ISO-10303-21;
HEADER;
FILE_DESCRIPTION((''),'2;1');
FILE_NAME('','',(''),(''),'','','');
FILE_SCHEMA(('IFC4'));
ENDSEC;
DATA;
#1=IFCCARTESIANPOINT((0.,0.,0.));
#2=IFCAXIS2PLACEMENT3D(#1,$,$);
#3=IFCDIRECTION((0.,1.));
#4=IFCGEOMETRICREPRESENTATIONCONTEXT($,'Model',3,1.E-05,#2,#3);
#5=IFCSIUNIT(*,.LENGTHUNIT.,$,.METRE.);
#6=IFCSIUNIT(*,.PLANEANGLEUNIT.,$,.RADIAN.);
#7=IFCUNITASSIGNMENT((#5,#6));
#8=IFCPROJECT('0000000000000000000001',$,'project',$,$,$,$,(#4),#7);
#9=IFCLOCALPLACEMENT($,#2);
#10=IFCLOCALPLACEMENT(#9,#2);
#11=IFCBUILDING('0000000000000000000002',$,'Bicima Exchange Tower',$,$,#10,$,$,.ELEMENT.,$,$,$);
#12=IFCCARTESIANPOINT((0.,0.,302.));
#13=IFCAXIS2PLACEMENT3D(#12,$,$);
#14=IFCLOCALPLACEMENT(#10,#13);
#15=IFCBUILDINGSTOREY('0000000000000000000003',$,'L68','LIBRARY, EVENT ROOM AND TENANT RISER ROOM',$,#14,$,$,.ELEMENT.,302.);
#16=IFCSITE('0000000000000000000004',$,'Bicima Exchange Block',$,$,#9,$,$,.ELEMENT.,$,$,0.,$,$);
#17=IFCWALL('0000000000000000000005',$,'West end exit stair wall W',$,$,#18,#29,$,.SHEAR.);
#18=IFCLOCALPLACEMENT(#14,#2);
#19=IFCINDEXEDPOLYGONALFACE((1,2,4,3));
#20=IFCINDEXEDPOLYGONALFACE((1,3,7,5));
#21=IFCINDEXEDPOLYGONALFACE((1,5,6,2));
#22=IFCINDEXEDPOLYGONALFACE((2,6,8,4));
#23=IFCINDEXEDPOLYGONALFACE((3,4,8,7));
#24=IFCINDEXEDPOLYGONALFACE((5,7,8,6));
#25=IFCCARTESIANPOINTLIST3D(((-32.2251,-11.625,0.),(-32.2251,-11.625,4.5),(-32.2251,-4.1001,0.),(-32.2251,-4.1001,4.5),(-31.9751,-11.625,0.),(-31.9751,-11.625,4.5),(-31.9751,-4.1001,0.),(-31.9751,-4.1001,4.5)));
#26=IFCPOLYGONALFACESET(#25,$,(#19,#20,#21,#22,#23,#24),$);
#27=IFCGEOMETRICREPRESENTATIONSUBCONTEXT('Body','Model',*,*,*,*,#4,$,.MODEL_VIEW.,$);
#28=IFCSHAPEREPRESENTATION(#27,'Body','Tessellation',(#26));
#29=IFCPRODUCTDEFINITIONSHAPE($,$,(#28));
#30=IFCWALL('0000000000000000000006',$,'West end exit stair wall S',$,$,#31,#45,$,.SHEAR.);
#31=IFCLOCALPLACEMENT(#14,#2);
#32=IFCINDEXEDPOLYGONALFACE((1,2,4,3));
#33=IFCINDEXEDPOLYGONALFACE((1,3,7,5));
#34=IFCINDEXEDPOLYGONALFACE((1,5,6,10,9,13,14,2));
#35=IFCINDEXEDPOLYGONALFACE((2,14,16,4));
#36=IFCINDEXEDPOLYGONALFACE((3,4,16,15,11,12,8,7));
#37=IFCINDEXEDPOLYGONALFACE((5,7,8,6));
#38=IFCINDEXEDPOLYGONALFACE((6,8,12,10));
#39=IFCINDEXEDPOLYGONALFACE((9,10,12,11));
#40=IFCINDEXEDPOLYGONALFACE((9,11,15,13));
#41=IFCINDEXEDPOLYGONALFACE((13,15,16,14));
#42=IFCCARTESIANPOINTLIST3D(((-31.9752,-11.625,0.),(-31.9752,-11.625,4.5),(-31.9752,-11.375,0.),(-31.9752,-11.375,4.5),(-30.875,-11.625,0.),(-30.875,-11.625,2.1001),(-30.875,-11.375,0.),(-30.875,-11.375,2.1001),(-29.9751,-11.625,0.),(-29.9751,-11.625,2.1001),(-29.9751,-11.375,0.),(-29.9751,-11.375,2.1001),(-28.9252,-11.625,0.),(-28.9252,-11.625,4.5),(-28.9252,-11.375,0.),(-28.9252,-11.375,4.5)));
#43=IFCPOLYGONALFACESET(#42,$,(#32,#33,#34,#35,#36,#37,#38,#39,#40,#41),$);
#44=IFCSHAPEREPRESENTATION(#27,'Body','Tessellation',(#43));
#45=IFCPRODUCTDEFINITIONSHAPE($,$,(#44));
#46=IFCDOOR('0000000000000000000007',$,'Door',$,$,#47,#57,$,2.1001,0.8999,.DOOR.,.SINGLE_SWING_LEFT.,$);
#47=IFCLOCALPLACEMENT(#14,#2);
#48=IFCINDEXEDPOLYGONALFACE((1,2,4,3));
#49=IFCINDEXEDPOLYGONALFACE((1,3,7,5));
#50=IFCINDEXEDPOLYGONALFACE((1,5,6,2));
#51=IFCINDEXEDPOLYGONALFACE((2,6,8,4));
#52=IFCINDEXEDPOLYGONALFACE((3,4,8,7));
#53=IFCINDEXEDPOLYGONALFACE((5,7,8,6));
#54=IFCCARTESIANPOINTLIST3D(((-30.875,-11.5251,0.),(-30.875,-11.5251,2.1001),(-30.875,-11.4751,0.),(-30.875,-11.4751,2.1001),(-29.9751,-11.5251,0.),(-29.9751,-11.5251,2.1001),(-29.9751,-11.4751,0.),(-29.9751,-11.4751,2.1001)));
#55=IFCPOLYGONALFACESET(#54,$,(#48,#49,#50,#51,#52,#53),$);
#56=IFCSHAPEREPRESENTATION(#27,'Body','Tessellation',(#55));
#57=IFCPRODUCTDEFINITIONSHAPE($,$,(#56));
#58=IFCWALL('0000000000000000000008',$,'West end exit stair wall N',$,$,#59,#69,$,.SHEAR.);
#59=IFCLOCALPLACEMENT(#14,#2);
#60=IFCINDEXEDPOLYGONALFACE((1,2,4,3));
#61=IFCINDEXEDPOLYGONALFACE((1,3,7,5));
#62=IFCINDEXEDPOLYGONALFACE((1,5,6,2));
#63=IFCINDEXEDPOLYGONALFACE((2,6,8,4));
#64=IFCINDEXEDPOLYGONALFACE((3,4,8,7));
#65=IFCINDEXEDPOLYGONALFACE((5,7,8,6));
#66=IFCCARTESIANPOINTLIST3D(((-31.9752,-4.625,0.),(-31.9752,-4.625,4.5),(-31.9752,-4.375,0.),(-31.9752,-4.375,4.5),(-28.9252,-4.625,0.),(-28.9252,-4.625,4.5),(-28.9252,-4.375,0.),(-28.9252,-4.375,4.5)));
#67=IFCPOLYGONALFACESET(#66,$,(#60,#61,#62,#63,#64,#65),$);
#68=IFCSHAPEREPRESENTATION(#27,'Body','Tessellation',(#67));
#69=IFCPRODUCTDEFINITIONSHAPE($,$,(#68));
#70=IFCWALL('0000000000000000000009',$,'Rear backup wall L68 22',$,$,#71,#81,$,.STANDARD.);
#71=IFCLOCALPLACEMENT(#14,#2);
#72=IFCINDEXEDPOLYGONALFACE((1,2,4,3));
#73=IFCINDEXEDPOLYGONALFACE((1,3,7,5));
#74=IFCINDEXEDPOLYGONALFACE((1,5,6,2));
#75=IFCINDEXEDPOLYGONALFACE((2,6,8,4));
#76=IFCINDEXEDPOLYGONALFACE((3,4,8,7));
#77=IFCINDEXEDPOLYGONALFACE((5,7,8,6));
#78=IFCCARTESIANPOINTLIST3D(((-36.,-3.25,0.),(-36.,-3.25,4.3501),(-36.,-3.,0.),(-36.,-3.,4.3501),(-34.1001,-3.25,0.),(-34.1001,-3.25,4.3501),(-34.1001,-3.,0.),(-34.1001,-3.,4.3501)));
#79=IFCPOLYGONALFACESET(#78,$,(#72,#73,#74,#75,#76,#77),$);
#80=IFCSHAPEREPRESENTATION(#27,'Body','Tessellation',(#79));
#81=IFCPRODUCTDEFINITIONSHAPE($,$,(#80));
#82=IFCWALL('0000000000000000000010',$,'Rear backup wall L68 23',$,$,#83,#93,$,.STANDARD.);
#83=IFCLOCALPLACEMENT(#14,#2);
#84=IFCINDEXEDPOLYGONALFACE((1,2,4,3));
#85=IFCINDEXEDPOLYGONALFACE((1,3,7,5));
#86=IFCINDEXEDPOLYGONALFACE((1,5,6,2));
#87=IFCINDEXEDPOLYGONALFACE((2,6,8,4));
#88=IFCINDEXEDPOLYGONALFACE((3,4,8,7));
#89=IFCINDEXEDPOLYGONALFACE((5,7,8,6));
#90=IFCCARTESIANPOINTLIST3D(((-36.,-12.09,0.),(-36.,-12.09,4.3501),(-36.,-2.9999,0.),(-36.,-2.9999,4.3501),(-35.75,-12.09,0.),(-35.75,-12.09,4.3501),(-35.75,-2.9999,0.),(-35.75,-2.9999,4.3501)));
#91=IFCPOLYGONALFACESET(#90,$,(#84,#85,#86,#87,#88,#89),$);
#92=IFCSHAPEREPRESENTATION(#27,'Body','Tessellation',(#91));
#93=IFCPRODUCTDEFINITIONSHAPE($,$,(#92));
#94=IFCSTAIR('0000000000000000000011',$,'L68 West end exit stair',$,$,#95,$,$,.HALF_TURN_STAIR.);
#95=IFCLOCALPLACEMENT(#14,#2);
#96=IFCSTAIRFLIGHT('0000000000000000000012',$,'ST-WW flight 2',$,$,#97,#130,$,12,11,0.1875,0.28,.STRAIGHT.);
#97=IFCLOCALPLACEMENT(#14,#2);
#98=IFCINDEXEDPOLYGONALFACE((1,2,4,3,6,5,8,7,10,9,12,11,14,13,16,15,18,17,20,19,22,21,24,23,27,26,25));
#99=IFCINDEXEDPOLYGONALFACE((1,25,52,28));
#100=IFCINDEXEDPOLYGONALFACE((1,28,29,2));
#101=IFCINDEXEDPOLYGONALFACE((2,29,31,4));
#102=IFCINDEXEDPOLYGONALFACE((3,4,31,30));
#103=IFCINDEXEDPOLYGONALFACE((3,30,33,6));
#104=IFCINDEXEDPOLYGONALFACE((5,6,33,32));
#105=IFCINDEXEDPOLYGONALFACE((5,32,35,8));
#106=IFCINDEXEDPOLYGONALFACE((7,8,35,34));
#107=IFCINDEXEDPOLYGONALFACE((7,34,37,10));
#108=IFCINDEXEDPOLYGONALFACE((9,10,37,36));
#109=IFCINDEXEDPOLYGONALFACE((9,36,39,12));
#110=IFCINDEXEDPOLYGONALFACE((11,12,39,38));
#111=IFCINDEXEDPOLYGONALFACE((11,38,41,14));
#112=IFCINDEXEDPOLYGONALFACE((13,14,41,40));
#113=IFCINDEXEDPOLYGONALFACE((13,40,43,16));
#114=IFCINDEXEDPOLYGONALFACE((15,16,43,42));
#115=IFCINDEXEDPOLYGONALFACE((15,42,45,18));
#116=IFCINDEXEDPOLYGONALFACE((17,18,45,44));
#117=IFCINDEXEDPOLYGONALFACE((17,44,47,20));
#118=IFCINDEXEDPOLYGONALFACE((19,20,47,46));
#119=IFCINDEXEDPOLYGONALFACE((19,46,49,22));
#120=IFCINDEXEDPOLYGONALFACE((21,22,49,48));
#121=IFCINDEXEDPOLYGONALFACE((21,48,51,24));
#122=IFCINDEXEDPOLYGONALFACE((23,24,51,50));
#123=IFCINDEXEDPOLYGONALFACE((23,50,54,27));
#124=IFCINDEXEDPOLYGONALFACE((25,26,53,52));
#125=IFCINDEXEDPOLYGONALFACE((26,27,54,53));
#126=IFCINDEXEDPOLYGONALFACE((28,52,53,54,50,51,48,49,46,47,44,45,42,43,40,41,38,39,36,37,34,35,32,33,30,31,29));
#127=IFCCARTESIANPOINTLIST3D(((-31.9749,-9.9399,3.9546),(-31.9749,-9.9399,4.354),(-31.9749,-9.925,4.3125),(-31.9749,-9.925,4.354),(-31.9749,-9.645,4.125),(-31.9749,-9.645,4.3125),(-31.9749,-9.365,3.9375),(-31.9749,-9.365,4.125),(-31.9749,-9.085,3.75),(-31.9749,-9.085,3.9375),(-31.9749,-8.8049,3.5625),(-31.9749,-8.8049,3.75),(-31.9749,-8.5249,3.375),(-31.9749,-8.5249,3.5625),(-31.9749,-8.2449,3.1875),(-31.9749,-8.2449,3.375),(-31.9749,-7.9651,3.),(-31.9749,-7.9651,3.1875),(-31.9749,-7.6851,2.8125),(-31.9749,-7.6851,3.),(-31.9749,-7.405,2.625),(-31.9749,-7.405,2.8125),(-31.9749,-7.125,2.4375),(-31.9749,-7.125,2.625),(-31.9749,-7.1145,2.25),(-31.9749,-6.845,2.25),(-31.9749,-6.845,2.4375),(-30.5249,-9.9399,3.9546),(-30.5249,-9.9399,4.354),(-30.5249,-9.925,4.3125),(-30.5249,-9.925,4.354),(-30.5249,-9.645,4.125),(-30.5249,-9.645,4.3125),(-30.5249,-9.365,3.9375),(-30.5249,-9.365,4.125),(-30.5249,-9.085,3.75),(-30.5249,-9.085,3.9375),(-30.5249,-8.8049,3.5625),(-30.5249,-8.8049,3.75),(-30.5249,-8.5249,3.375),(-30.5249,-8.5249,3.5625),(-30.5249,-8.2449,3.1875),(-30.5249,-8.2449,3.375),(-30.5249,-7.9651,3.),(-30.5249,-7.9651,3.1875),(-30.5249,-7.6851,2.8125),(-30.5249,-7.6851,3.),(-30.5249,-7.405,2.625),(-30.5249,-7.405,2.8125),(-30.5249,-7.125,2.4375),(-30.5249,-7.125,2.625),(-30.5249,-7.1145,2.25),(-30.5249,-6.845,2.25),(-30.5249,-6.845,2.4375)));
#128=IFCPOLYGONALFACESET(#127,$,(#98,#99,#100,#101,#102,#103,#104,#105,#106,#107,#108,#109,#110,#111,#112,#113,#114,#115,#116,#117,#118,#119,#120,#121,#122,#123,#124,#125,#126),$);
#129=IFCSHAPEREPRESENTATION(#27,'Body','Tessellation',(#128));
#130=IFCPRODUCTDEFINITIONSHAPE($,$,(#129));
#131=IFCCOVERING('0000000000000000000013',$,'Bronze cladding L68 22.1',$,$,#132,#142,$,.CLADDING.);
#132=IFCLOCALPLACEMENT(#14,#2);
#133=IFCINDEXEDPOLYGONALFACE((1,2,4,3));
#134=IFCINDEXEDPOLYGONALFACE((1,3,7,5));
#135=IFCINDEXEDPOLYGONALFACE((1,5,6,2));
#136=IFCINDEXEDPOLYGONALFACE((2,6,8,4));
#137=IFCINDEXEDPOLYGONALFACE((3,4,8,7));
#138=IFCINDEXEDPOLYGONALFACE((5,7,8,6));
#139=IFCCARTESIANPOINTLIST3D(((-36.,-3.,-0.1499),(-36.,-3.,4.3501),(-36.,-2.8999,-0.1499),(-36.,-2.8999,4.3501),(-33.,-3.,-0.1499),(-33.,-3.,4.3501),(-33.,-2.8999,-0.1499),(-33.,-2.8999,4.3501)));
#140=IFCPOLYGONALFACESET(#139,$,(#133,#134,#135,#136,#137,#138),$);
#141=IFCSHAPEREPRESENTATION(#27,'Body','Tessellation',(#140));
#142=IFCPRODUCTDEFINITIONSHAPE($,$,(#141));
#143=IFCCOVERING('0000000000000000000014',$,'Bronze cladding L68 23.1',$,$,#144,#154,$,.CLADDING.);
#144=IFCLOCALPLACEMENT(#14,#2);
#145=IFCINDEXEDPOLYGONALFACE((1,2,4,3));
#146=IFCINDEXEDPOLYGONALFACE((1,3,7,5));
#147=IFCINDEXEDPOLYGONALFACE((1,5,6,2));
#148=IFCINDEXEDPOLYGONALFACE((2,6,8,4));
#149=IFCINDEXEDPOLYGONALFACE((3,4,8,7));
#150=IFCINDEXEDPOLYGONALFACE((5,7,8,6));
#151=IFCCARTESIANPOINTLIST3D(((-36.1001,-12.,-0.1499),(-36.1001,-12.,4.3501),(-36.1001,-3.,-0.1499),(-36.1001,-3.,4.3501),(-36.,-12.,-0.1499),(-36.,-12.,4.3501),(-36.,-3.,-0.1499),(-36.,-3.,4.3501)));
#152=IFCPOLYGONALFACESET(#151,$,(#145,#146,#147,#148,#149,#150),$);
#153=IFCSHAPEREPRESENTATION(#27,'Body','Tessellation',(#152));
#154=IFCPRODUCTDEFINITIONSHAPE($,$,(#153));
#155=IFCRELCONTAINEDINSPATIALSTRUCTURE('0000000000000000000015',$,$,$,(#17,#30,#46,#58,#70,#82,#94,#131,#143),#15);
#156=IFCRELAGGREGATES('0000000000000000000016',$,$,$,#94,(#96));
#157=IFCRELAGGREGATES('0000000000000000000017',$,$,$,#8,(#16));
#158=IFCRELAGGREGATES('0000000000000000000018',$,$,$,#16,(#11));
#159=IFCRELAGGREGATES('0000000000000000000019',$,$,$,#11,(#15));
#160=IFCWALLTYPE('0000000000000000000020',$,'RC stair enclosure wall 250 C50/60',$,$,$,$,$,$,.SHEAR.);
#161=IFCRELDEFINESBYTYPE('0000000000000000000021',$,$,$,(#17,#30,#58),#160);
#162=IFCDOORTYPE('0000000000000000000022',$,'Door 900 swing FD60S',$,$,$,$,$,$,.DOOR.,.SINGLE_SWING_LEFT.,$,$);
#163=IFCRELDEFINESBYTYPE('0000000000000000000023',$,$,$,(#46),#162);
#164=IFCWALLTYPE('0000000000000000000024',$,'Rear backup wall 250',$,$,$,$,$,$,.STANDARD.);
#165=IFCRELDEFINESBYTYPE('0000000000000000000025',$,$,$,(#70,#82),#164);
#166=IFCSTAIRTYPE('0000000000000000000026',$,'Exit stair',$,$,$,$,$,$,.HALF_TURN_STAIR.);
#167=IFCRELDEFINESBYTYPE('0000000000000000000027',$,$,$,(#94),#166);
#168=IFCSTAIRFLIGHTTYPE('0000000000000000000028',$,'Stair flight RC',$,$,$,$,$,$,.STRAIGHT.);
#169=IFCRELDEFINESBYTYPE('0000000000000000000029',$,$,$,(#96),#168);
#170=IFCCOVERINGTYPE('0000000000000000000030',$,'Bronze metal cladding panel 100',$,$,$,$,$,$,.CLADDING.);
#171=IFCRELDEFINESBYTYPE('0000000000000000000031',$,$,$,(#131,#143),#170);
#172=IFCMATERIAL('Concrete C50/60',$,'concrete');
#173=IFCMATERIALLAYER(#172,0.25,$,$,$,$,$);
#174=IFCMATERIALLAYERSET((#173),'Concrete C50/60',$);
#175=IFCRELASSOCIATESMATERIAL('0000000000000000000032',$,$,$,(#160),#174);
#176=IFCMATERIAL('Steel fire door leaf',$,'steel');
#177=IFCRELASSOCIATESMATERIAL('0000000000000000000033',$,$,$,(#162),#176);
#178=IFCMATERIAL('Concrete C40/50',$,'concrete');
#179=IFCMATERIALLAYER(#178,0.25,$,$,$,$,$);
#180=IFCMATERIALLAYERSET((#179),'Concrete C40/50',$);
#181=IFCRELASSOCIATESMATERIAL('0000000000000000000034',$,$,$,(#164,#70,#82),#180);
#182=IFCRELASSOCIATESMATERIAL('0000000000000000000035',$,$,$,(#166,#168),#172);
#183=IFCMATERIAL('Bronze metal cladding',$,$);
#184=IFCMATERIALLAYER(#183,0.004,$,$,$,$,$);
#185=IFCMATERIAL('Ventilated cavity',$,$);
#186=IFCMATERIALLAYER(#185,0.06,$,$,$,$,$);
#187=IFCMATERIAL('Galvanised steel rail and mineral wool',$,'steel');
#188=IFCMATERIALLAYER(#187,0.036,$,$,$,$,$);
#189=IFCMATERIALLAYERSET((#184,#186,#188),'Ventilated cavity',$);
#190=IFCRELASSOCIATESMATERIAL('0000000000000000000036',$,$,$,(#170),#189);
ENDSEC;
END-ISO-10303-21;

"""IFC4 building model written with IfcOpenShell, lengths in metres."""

from ifc_helpers import new_model, si_unit, direction, frame, frame_2d, origin, origin_2d, place, context, subcontext, project, spatial, polyline, rectangle, outline, extrude, material, layer, layer_set, layer_usage, type_object, element, fill, aggregate, save


model = new_model("IFC4")

# Units and contexts
model_context = context("Model", 3, precision=1e-05, world=origin(), true_north=direction((0.0, 1.0)))
body_context = subcontext(model_context, "Body", "Model", "MODEL_VIEW")
ifc_project = project(units=[si_unit("LENGTHUNIT", "METRE"), si_unit("PLANEANGLEUNIT", "RADIAN")], contexts=[model_context])

# Site, building, storey
site_placement = place(None, origin())
site = spatial("IfcSite", under=ifc_project, at=site_placement, Name="Bicima Exchange Block", CompositionType="ELEMENT", RefElevation=0.0)
building_placement = place(site_placement, origin())
building = spatial("IfcBuilding", under=site, at=building_placement, Name="Bicima Exchange Tower", CompositionType="ELEMENT")
storey_placement = place(building_placement, frame((0.0, 0.0, 302.0)))
storey = spatial("IfcBuildingStorey", under=building, at=storey_placement, Name="L68", Description="LIBRARY, EVENT ROOM AND TENANT RISER ROOM", CompositionType="ELEMENT", Elevation=302.0)

# Wall
ifc_material_1 = material(Name="Concrete C50/60", Category="concrete")
ifc_layer_1 = layer(ifc_material_1, 0.25)
ifc_layer_set_1 = layer_set([ifc_layer_1], Name="Concrete C50/60")
wall_type_1 = type_object("IfcWallType", Name="RC stair enclosure wall 250 C50/60", PredefinedType="SHEAR", material=ifc_layer_set_1)
wall_1_placement = place(storey_placement, frame((-32.1001, -11.625, 0.0), z_axis=(0.0, 0.0, 1.0), x_axis=(0.0, 1.0, 0.0)))
element("IfcWall", 1, at=wall_1_placement, inside=storey, type_object=wall_type_1, Name="West end exit stair wall W", PredefinedType="SHEAR", context=body_context, shape_type="SweptSolid", body=[
    extrude(rectangle(XDim=7.5249, YDim=0.25, at=frame_2d((3.7625, 0.0))), origin(), (0.0, 0.0, 1.0), 4.5),
])

# Wall, opening, door
wall_2_placement = place(storey_placement, frame((-31.9751, -11.5, 0.0), z_axis=(0.0, 0.0, 1.0), x_axis=(1.0, 0.0, 0.0)))
wall_2 = element("IfcWall", 2, at=wall_2_placement, inside=storey, type_object=wall_type_1, Name="West end exit stair wall S", PredefinedType="SHEAR", context=body_context, shape_type="SweptSolid", body=[
    extrude(rectangle(XDim=3.05, YDim=0.25, at=frame_2d((1.5249, 0.0))), origin(), (0.0, 0.0, 1.0), 4.5),
])
opening_placement = place(wall_2_placement, frame((1.1001, 0.0, 0.0)))
opening = element("IfcOpeningElement", 3, at=opening_placement, cuts=wall_2, PredefinedType="OPENING", context=body_context, shape_type="SweptSolid", body=[
    extrude(rectangle(XDim=0.8999, YDim=2.1001, at=frame_2d((0.45, 1.05))), frame((0.0, 0.137, 0.0), z_axis=(0.0, -1.0, 0.0), x_axis=(1.0, 0.0, 0.0)), (0.0, 0.0, 1.0), 0.2739),
])
ifc_material_2 = material(Name="Steel fire door leaf", Category="steel")
door_type = type_object("IfcDoorType", Name="Door 900 swing FD60S", OperationType="SINGLE_SWING_LEFT", PredefinedType="DOOR", material=ifc_material_2)
door_placement = place(opening_placement, origin())
door = element("IfcDoor", 4, at=door_placement, inside=storey, type_object=door_type, Name="Door", OperationType="SINGLE_SWING_LEFT", OverallHeight=2.1001, OverallWidth=0.8999, PredefinedType="DOOR", context=body_context, shape_type="SweptSolid", body=[
    extrude(rectangle(XDim=0.8999, YDim=2.1001, at=frame_2d((0.45, 1.05))), frame((0.0, 0.0249, 0.0), z_axis=(0.0, -1.0, 0.0), x_axis=(1.0, 0.0, 0.0)), (0.0, 0.0, 1.0), 0.05),
])
fill(opening, door)

# Walls
wall_3_placement = place(storey_placement, frame((-31.9751, -4.5, 0.0), z_axis=(0.0, 0.0, 1.0), x_axis=(1.0, 0.0, 0.0)))
element("IfcWall", 5, at=wall_3_placement, inside=storey, type_object=wall_type_1, Name="West end exit stair wall N", PredefinedType="SHEAR", context=body_context, shape_type="SweptSolid", body=[
    extrude(rectangle(XDim=3.05, YDim=0.25, at=frame_2d((1.5249, 0.0))), origin(), (0.0, 0.0, 1.0), 4.5),
])
ifc_material_3 = material(Name="Concrete C40/50", Category="concrete")
ifc_layer_2 = layer(ifc_material_3, 0.25)
ifc_layer_set_2 = layer_set([ifc_layer_2], Name="Concrete C40/50")
ifc_layer_usage = layer_usage(ifc_layer_set_2, "AXIS2", "POSITIVE", -0.125)
wall_type_2 = type_object("IfcWallType", Name="Rear backup wall 250", PredefinedType="STANDARD", material=ifc_layer_set_2)
wall_4_placement = place(storey_placement, frame((-34.1001, -3.125, 0.0), z_axis=(0.0, 0.0, 1.0), x_axis=(-1.0, 0.0, 0.0)))
element("IfcWall", 6, at=wall_4_placement, inside=storey, type_object=wall_type_2, material=ifc_layer_usage, Name="Rear backup wall L68 22", PredefinedType="STANDARD", context=body_context, shape_type="SweptSolid", body=[
    extrude(rectangle(XDim=1.8999, YDim=0.25, at=frame_2d((0.95, 0.0))), origin(), (0.0, 0.0, 1.0), 4.3501),
])
wall_5_placement = place(storey_placement, frame((-35.875, -3.0, 0.0), z_axis=(0.0, 0.0, 1.0), x_axis=(0.0, -1.0, 0.0)))
element("IfcWall", 7, at=wall_5_placement, inside=storey, type_object=wall_type_2, material=ifc_layer_usage, Name="Rear backup wall L68 23", PredefinedType="STANDARD", context=body_context, shape_type="SweptSolid", body=[
    extrude(rectangle(XDim=9.0901, YDim=0.25, at=frame_2d((4.5449, 0.0))), origin(), (0.0, 0.0, 1.0), 4.3501),
])

# Stair, stair flight
stair_type = type_object("IfcStairType", Name="Exit stair", PredefinedType="HALF_TURN_STAIR", material=ifc_material_1)
stair_placement = place(storey_placement, origin())
stair = element("IfcStair", 8, at=stair_placement, inside=storey, type_object=stair_type, Name="L68 West end exit stair", PredefinedType="HALF_TURN_STAIR")
stair_flight_type = type_object("IfcStairFlightType", Name="Stair flight RC", PredefinedType="STRAIGHT", material=ifc_material_1)
stair_flight_placement = place(storey_placement, frame((-31.25, -6.845, 2.25), z_axis=(0.0, 0.0, 1.0), x_axis=(0.0, -1.0, 0.0)))
stair_flight = element("IfcStairFlight", 9, at=stair_flight_placement, type_object=stair_flight_type, Name="ST-WW flight 2", NumberOfRisers=12, NumberOfTreads=11, PredefinedType="STRAIGHT", RiserHeight=0.1875, TreadLength=0.28, context=body_context, shape_type="SweptSolid", body=[
    extrude(outline(polyline([(0.0, 0.0), (0.0, 0.1875), (0.28, 0.1875), (0.28, 0.375), (0.5601, 0.375), (0.5601, 0.5625), (0.8401, 0.5625), (0.8401, 0.75), (1.1201, 0.75), (1.1201, 0.9375), (1.3999, 0.9375), (1.3999, 1.125), (1.6799, 1.125), (1.6799, 1.3125), (1.96, 1.3125), (1.96, 1.5), (2.24, 1.5), (2.24, 1.6875), (2.52, 1.6875), (2.52, 1.875), (2.8, 1.875), (2.8, 2.0625), (3.0801, 2.0625), (3.0801, 2.104), (3.095, 2.104), (3.095, 1.7046), (0.2695, 0.0), (0.0, 0.0)])), frame((0.0, 0.7251, 0.0), z_axis=(0.0, -1.0, 0.0), x_axis=(1.0, 0.0, 0.0)), (0.0, 0.0, 1.0), 1.45),
])
aggregate(stair, [stair_flight])

# Coverings
ifc_material_4 = material(Name="Bronze metal cladding")
ifc_layer_3 = layer(ifc_material_4, 0.004)
ifc_material_5 = material(Name="Ventilated cavity")
ifc_layer_4 = layer(ifc_material_5, 0.06)
ifc_material_6 = material(Name="Galvanised steel rail and mineral wool", Category="steel")
ifc_layer_5 = layer(ifc_material_6, 0.036)
ifc_layer_set_3 = layer_set([ifc_layer_3, ifc_layer_4, ifc_layer_5], Name="Ventilated cavity")
covering_type = type_object("IfcCoveringType", Name="Bronze metal cladding panel 100", PredefinedType="CLADDING", material=ifc_layer_set_3)
covering_1_placement = place(storey_placement, frame((-34.5, -2.95, -0.1499), z_axis=(0.0, 0.0, 1.0), x_axis=(-1.0, 0.0, 0.0)))
element("IfcCovering", 10, at=covering_1_placement, inside=storey, type_object=covering_type, Name="Bronze cladding L68 22.1", PredefinedType="CLADDING", context=body_context, shape_type="SweptSolid", body=[
    extrude(rectangle(XDim=3.0, YDim=0.1001, at=origin_2d()), origin(), (0.0, 0.0, 1.0), 4.5),
])
covering_2_placement = place(storey_placement, frame((-36.05, -7.5, -0.1499), z_axis=(0.0, 0.0, 1.0), x_axis=(0.0, -1.0, 0.0)))
element("IfcCovering", 11, at=covering_2_placement, inside=storey, type_object=covering_type, Name="Bronze cladding L68 23.1", PredefinedType="CLADDING", context=body_context, shape_type="SweptSolid", body=[
    extrude(rectangle(XDim=9.0, YDim=0.1001, at=origin_2d()), origin(), (0.0, 0.0, 1.0), 4.5),
])

save(model, "model.ifc")
